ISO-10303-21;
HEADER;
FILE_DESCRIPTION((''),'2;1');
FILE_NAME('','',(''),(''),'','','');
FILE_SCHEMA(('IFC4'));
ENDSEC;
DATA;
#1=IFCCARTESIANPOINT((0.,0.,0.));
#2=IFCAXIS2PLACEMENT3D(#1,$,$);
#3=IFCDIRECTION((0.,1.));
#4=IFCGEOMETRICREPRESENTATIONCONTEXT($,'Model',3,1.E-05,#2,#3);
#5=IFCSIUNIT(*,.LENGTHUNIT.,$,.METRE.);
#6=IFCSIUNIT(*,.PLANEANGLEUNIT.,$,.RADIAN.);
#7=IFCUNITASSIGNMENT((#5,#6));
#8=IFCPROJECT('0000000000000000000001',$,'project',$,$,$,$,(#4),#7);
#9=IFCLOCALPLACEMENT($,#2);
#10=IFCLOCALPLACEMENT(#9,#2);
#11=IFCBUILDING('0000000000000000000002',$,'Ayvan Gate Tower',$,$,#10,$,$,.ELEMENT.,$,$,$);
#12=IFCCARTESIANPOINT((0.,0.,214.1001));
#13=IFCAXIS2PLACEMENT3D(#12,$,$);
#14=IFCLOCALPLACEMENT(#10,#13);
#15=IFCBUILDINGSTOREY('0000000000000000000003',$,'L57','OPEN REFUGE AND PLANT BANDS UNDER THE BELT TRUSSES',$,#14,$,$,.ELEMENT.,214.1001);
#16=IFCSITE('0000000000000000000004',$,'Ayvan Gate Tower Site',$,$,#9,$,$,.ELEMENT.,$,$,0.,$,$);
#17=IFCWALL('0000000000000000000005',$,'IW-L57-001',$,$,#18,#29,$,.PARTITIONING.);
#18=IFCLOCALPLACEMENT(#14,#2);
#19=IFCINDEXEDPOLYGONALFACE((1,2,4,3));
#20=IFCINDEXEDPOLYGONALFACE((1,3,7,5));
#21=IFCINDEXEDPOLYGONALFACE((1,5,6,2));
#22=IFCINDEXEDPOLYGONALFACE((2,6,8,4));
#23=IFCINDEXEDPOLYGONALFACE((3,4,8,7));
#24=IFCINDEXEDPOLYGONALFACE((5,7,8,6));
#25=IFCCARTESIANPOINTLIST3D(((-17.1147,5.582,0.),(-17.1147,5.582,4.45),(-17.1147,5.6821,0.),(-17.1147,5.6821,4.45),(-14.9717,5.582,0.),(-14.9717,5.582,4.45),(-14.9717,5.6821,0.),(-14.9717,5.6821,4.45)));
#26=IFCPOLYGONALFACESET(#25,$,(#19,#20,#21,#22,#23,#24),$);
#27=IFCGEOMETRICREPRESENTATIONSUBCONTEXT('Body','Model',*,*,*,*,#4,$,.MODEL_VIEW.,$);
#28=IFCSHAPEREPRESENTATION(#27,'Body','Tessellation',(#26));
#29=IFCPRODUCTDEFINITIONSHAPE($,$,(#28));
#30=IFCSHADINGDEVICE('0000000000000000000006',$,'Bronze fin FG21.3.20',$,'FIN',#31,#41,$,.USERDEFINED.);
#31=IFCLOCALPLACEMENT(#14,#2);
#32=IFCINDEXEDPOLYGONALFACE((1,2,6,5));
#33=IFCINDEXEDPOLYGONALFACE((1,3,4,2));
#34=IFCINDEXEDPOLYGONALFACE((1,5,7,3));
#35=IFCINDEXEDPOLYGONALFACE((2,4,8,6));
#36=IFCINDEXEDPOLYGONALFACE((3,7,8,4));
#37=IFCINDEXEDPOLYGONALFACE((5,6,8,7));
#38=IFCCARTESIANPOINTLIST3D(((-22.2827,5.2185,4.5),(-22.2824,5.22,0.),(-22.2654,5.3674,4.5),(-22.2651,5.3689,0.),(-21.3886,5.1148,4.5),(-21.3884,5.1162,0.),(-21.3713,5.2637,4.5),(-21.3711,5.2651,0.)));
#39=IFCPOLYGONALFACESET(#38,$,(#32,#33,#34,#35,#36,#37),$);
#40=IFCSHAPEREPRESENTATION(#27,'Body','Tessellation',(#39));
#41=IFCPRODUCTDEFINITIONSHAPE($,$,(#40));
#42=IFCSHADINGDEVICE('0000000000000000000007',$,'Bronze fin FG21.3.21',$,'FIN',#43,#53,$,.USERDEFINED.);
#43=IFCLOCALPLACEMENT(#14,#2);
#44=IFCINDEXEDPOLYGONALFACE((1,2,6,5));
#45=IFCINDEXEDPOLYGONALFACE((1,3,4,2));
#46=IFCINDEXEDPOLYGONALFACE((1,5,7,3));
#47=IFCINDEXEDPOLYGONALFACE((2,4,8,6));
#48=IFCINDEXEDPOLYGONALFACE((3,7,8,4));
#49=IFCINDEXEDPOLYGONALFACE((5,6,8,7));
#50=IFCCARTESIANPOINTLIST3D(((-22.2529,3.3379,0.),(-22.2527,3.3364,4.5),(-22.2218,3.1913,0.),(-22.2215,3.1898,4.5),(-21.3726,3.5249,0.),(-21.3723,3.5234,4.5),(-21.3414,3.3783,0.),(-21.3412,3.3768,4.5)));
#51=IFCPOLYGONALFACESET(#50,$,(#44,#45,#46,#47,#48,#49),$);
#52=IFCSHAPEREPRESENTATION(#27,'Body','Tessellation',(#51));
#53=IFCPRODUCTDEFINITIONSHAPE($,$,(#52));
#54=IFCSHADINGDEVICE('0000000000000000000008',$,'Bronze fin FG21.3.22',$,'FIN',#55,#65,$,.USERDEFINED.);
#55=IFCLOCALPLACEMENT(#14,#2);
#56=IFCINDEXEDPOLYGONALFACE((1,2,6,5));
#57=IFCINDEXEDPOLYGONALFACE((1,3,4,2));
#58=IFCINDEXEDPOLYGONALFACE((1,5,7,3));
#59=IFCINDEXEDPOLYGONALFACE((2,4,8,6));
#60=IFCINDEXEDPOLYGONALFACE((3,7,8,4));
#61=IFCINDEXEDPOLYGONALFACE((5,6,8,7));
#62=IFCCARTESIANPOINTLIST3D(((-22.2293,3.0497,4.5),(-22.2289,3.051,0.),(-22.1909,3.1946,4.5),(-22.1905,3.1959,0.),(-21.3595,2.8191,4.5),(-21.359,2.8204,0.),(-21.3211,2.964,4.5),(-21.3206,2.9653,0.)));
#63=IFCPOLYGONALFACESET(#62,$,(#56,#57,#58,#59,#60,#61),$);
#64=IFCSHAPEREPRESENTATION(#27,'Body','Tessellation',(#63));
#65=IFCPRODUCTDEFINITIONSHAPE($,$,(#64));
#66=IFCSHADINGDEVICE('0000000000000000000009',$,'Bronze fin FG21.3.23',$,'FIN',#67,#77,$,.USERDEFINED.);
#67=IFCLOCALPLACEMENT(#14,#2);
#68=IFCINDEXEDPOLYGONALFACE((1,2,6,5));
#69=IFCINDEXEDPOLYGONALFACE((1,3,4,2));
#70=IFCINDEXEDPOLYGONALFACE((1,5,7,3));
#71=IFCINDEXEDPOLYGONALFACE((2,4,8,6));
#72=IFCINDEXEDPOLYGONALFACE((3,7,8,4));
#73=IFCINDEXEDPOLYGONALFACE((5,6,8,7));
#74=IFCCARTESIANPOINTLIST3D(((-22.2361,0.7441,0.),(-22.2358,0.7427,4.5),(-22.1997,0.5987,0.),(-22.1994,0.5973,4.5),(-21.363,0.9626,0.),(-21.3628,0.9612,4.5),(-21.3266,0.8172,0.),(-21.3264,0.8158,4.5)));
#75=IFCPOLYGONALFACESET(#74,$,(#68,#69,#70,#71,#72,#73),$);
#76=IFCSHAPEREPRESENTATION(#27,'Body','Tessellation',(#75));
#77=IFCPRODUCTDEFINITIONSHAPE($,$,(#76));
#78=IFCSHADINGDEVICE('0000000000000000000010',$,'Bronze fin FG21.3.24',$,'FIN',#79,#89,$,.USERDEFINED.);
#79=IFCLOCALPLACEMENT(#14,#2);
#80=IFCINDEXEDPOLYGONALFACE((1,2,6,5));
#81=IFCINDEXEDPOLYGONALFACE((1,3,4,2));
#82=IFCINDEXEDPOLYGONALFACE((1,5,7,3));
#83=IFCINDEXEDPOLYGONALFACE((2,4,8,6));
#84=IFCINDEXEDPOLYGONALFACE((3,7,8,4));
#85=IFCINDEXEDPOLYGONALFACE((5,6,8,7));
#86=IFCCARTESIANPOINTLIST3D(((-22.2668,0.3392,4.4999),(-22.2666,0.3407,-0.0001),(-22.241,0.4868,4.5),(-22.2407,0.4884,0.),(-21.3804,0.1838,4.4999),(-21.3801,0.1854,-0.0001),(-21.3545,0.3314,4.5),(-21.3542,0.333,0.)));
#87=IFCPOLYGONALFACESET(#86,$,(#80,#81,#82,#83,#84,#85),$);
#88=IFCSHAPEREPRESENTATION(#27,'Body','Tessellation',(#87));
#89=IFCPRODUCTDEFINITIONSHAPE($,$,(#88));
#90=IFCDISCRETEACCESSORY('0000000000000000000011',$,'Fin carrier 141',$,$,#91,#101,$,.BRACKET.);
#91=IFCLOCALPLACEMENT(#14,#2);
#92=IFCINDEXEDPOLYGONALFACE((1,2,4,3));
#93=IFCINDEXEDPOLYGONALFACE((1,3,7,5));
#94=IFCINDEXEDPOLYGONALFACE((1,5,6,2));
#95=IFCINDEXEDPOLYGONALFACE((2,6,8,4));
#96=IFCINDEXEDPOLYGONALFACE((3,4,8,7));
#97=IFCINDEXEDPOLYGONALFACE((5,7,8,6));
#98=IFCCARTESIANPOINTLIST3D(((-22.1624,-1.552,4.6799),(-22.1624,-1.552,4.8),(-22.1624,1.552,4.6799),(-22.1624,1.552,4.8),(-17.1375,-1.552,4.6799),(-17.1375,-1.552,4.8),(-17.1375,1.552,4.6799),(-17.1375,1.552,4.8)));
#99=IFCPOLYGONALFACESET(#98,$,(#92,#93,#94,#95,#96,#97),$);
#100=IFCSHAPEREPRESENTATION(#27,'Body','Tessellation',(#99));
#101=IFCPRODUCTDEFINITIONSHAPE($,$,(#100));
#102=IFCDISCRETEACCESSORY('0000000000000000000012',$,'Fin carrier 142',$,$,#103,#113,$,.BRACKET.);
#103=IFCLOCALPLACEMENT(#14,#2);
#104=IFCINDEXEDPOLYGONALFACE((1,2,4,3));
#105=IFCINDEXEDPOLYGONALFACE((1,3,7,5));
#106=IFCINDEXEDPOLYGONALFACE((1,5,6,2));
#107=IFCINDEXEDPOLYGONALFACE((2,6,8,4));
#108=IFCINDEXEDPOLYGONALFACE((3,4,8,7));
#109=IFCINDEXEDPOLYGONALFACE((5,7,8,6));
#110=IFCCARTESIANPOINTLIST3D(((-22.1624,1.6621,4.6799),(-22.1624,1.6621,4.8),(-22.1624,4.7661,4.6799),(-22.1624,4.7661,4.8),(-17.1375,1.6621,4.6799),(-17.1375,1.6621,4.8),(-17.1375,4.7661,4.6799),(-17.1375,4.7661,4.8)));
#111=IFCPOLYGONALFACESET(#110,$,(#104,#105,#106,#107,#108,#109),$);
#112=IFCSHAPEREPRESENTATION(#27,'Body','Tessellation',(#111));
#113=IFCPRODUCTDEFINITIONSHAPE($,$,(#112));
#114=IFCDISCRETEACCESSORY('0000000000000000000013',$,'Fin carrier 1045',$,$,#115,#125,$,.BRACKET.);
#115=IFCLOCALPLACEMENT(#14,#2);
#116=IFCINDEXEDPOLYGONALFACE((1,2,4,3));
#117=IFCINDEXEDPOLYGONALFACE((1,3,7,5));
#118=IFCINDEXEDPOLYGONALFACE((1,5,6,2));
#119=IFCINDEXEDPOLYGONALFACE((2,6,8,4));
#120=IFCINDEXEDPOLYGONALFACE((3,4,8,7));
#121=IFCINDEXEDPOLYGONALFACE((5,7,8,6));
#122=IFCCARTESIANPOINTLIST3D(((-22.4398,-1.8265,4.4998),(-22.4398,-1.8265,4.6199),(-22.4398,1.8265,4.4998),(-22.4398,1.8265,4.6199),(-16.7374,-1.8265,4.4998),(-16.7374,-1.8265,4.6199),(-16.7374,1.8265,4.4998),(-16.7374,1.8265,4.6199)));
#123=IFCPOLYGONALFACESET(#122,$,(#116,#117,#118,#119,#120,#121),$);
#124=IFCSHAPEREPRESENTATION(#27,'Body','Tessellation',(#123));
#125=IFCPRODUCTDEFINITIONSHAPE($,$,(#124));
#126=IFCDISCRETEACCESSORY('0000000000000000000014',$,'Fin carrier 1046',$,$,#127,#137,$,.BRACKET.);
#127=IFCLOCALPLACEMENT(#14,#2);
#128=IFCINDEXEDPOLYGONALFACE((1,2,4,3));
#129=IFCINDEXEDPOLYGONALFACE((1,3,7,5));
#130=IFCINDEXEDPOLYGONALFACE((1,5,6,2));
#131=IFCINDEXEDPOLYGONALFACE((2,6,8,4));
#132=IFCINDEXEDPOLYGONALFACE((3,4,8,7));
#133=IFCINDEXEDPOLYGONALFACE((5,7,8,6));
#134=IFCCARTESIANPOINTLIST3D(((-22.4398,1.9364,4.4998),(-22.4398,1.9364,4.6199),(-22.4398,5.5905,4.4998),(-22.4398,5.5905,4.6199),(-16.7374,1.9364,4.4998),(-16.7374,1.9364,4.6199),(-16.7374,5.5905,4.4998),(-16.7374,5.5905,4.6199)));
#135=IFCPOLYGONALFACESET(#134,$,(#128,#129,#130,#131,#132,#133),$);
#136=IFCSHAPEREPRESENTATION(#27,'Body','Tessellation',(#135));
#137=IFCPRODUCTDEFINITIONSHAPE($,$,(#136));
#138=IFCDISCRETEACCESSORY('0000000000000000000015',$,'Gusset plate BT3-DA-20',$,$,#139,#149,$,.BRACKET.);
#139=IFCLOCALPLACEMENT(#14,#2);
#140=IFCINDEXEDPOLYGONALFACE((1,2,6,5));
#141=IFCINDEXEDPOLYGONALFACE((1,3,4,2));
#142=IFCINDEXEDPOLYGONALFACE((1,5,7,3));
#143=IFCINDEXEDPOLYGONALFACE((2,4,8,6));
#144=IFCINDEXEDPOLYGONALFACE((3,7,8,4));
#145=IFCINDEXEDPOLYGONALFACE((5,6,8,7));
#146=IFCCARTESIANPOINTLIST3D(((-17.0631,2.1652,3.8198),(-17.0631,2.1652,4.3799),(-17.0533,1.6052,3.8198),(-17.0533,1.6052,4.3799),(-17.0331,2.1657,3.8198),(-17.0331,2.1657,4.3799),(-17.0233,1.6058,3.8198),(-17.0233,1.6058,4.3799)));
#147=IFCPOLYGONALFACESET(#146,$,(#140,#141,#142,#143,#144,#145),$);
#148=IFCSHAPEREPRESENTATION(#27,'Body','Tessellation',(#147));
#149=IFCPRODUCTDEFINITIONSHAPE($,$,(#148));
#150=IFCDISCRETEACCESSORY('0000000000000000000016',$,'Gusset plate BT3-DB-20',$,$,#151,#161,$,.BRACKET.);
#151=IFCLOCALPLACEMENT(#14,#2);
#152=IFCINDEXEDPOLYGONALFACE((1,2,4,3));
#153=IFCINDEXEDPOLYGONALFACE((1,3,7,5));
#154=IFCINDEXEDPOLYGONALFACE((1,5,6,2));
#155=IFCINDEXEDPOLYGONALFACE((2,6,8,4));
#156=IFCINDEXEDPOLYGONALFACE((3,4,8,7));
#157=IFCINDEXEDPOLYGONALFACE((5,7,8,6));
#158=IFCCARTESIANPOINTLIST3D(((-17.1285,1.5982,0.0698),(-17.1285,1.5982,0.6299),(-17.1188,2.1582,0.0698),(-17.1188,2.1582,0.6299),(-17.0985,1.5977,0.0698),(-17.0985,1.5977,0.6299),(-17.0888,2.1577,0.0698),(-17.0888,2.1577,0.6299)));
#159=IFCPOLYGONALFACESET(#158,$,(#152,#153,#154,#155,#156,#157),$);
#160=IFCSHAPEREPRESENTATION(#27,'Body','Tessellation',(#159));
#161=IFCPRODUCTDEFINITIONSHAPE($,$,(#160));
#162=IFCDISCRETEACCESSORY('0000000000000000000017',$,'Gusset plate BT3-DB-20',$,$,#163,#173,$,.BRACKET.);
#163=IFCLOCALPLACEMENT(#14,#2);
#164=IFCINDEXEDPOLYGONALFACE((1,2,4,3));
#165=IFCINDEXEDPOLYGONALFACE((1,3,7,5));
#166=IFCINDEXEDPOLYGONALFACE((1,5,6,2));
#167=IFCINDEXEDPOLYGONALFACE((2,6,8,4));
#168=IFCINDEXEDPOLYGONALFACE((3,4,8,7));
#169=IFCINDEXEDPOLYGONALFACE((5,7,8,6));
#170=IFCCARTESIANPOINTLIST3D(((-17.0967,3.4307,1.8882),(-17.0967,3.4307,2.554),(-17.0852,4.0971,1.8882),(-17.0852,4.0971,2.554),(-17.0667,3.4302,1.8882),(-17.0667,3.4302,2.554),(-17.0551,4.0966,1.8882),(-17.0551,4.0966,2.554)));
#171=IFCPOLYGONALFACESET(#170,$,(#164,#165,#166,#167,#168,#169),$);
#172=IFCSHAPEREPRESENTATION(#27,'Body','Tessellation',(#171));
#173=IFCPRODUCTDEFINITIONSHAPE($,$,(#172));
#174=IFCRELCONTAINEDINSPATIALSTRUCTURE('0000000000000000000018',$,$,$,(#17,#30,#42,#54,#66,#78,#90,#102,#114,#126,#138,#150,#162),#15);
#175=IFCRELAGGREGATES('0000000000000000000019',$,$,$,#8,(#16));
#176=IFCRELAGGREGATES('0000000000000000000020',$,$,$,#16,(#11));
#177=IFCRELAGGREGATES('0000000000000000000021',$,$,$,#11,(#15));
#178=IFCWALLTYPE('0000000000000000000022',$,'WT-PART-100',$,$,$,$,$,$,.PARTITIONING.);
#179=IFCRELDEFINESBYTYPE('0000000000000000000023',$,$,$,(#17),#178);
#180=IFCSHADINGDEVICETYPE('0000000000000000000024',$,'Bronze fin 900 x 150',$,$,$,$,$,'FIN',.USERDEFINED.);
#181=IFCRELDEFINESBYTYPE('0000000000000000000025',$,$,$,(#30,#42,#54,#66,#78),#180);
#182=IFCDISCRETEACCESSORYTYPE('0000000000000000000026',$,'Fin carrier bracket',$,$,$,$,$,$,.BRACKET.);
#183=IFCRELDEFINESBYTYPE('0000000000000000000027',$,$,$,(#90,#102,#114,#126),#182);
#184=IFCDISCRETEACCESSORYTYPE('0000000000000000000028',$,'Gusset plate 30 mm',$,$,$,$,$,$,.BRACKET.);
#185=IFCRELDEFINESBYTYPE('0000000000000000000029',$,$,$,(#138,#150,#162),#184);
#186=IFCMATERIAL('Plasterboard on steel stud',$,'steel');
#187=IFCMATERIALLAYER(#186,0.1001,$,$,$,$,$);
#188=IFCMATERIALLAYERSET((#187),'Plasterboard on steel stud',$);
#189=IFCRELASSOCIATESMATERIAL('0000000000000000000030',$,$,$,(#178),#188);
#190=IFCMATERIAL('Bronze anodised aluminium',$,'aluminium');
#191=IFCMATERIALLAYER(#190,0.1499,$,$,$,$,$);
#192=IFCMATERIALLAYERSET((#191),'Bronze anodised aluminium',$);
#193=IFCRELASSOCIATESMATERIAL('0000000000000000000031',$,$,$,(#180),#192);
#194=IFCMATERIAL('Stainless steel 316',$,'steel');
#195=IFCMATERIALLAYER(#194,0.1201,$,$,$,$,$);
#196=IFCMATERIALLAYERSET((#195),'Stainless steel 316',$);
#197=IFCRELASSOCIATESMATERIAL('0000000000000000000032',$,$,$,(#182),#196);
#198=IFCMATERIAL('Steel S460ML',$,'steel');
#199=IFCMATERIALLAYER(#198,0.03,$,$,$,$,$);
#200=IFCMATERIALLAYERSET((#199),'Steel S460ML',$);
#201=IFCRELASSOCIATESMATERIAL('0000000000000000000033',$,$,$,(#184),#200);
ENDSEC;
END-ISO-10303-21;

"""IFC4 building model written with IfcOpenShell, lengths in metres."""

from ifc_helpers import new_model, si_unit, direction, frame, frame_2d, origin, origin_2d, place, context, subcontext, project, spatial, polyline, rectangle, outline, extrude, material, layer, layer_set, type_object, element, save


model = new_model("IFC4")

# Units and contexts
model_context = context("Model", 3, precision=1e-05, world=origin(), true_north=direction((0.0, 1.0)))
body_context = subcontext(model_context, "Body", "Model", "MODEL_VIEW")
ifc_project = project(units=[si_unit("LENGTHUNIT", "METRE"), si_unit("PLANEANGLEUNIT", "RADIAN")], contexts=[model_context])

# Site, building, storey
site_placement = place(None, origin())
site = spatial("IfcSite", under=ifc_project, at=site_placement, Name="Ayvan Gate Tower Site", CompositionType="ELEMENT", RefElevation=0.0)
building_placement = place(site_placement, origin())
building = spatial("IfcBuilding", under=site, at=building_placement, Name="Ayvan Gate Tower", CompositionType="ELEMENT")
storey_placement = place(building_placement, frame((0.0, 0.0, 214.1001)))
storey = spatial("IfcBuildingStorey", under=building, at=storey_placement, Name="L57", Description="OPEN REFUGE AND PLANT BANDS UNDER THE BELT TRUSSES", CompositionType="ELEMENT", Elevation=214.1001)

# Shared definitions
ifc_material_1 = material(Name="Steel S460ML", Category="steel")

# Wall
ifc_material_2 = material(Name="Plasterboard on steel stud", Category="steel")
ifc_layer_1 = layer(ifc_material_2, 0.1001)
ifc_layer_set_1 = layer_set([ifc_layer_1], Name="Plasterboard on steel stud")
wall_type = type_object("IfcWallType", Name="WT-PART-100", PredefinedType="PARTITIONING", material=ifc_layer_set_1)
wall_placement = place(storey_placement, frame((-17.1147, 5.6321, 0.0), z_axis=(0.0, 0.0, 1.0), x_axis=(1.0, 0.0, 0.0)))
element("IfcWall", 1, at=wall_placement, inside=storey, type_object=wall_type, Name="IW-L57-001", PredefinedType="PARTITIONING", context=body_context, shape_type="SweptSolid", body=[
    extrude(rectangle(XDim=2.1431, YDim=0.1001, at=frame_2d((1.0715, 0.0))), origin(), (0.0, 0.0, 1.0), 4.45),
])

# Shading devices
ifc_material_3 = material(Name="Bronze anodised aluminium", Category="aluminium")
ifc_layer_2 = layer(ifc_material_3, 0.1499)
ifc_layer_set_2 = layer_set([ifc_layer_2], Name="Bronze anodised aluminium")
shading_device_type = type_object("IfcShadingDeviceType", Name="Bronze fin 900 x 150", ElementType="FIN", PredefinedType="USERDEFINED", material=ifc_layer_set_2)
shading_device_1_placement = place(storey_placement, frame((-21.3711, 5.2651, 0.0), z_axis=(0.115283, 0.993333, 0.00033), x_axis=(-0.993333, 0.115283, 0.0)))
element("IfcShadingDevice", 2, at=shading_device_1_placement, inside=storey, type_object=shading_device_type, Name="Bronze fin FG21.3.20", ObjectType="FIN", PredefinedType="USERDEFINED", context=body_context, shape_type="SweptSolid", body=[
    extrude(outline(polyline([(0.0, 0.0), (0.9, 0.0), (0.9001, 4.5), (0.0001, 4.5), (0.0, 0.0)])), origin(), (0.0, 0.0, -1.0), 0.1499),
])
shading_device_2_placement = place(storey_placement, frame((-21.3726, 3.5249, 0.0), z_axis=(-0.207787, 0.978174, 0.00033), x_axis=(-0.978174, -0.207787, 0.0)))
element("IfcShadingDevice", 3, at=shading_device_2_placement, inside=storey, type_object=shading_device_type, Name="Bronze fin FG21.3.21", ObjectType="FIN", PredefinedType="USERDEFINED", context=body_context, shape_type="SweptSolid", body=[
    extrude(outline(polyline([(0.0, 0.0), (0.9, 0.0), (0.9001, 4.5), (0.0001, 4.5), (0.0, 0.0)])), origin(), (0.0, 0.0, -1.0), 0.1499),
])
shading_device_3_placement = place(storey_placement, frame((-21.3206, 2.9653, 0.0), z_axis=(0.256236, 0.966614, 0.000316), x_axis=(-0.966614, 0.256236, 0.0)))
element("IfcShadingDevice", 4, at=shading_device_3_placement, inside=storey, type_object=shading_device_type, Name="Bronze fin FG21.3.22", ObjectType="FIN", PredefinedType="USERDEFINED", context=body_context, shape_type="SweptSolid", body=[
    extrude(outline(polyline([(0.0, 0.0), (0.8999, 0.0), (0.9, 4.5), (0.0002, 4.5), (0.0, 0.0)])), origin(), (0.0, 0.0, -1.0), 0.1499),
])
shading_device_4_placement = place(storey_placement, frame((-21.363, 0.9626, 0.0), z_axis=(-0.242791, 0.970079, 0.000329), x_axis=(-0.970079, -0.242791, 0.0)))
element("IfcShadingDevice", 5, at=shading_device_4_placement, inside=storey, type_object=shading_device_type, Name="Bronze fin FG21.3.23", ObjectType="FIN", PredefinedType="USERDEFINED", context=body_context, shape_type="SweptSolid", body=[
    extrude(outline(polyline([(0.0, 0.0), (0.9, 0.0), (0.9001, 4.5), (0.0001, 4.5), (0.0, 0.0)])), origin(), (0.0, 0.0, -1.0), 0.1499),
])
shading_device_5_placement = place(storey_placement, frame((-21.3542, 0.333, 0.0), z_axis=(0.172663, 0.984981, 0.000357), x_axis=(-0.984981, 0.172663, 0.0)))
element("IfcShadingDevice", 6, at=shading_device_5_placement, inside=storey, type_object=shading_device_type, Name="Bronze fin FG21.3.24", ObjectType="FIN", PredefinedType="USERDEFINED", context=body_context, shape_type="SweptSolid", body=[
    extrude(outline(polyline([(0.0, 0.0), (0.9, 0.0), (0.9, 4.5), (-0.0001, 4.5), (0.0, 0.0)])), origin(), (0.0, 0.0, -1.0), 0.1499),
])

# Discrete accessories
ifc_material_4 = material(Name="Stainless steel 316", Category="steel")
ifc_layer_3 = layer(ifc_material_4, 0.1201)
ifc_layer_set_3 = layer_set([ifc_layer_3], Name="Stainless steel 316")
discrete_accessory_type_1 = type_object("IfcDiscreteAccessoryType", Name="Fin carrier bracket", PredefinedType="BRACKET", material=ifc_layer_set_3)
for number, where, z_axis, x_axis, name in (
    (7, (-19.6499, 0.0, 4.6799), (0.0, 0.0, 1.0), (0.0, -1.0, 0.0), "Fin carrier 141"),
    (8, (-19.6499, 3.2141, 4.6799), (0.0, 0.0, 1.0), (0.0, -1.0, 0.0), "Fin carrier 142"),
):
    element("IfcDiscreteAccessory", number, at=place(storey_placement, frame(where, z_axis=z_axis, x_axis=x_axis)), inside=storey, type_object=discrete_accessory_type_1, Name=name, PredefinedType="BRACKET", context=body_context, shape_type="SweptSolid", body=[
        extrude(rectangle(XDim=3.104, YDim=5.0249, at=origin_2d()), origin(), (0.0, 0.0, 1.0), 0.1201),
    ])
discrete_accessory_1_placement = place(storey_placement, frame((-19.5886, 0.0, 4.4998), z_axis=(0.0, 0.0, 1.0), x_axis=(0.0, -1.0, 0.0)))
element("IfcDiscreteAccessory", 9, at=discrete_accessory_1_placement, inside=storey, type_object=discrete_accessory_type_1, Name="Fin carrier 1045", PredefinedType="BRACKET", context=body_context, shape_type="SweptSolid", body=[
    extrude(rectangle(XDim=3.6531, YDim=5.7024, at=origin_2d()), origin(), (0.0, 0.0, 1.0), 0.1201),
])
discrete_accessory_2_placement = place(storey_placement, frame((-19.5886, 3.7634, 4.4998), z_axis=(0.0, 0.0, 1.0), x_axis=(0.0, -1.0, 0.0)))
element("IfcDiscreteAccessory", 10, at=discrete_accessory_2_placement, inside=storey, type_object=discrete_accessory_type_1, Name="Fin carrier 1046", PredefinedType="BRACKET", context=body_context, shape_type="SweptSolid", body=[
    extrude(rectangle(XDim=3.6541, YDim=5.7024, at=origin_2d()), origin(), (0.0, 0.0, 1.0), 0.1201),
])
ifc_layer_4 = layer(ifc_material_1, 0.03)
ifc_layer_set_4 = layer_set([ifc_layer_4], Name="Steel S460ML")
discrete_accessory_type_2 = type_object("IfcDiscreteAccessoryType", Name="Gusset plate 30 mm", PredefinedType="BRACKET", material=ifc_layer_set_4)
for number, where, z_axis, x_axis, name in (
    (11, (-17.0432, 1.8855, 3.8198), (0.0, 0.0, 1.0), (-0.017459, 0.999848, 0.0), "Gusset plate BT3-DA-20"),
    (12, (-17.1086, 1.8779, 0.0698), (0.0, 0.0, 1.0), (0.01732, 0.99985, 0.0), "Gusset plate BT3-DB-20"),
):
    element("IfcDiscreteAccessory", number, at=place(storey_placement, frame(where, z_axis=z_axis, x_axis=x_axis)), inside=storey, type_object=discrete_accessory_type_2, Name=name, PredefinedType="BRACKET", context=body_context, shape_type="SweptSolid", body=[
        extrude(rectangle(XDim=0.5601, YDim=0.03, at=origin_2d()), origin(), (0.0, 0.0, 1.0), 0.5601),
    ])
discrete_accessory_3_placement = place(storey_placement, frame((-17.0759, 3.7637, 1.8882), z_axis=(0.0, 0.0, 1.0), x_axis=(0.01732, 0.99985, 0.0)))
element("IfcDiscreteAccessory", 13, at=discrete_accessory_3_placement, inside=storey, type_object=discrete_accessory_type_2, Name="Gusset plate BT3-DB-20", PredefinedType="BRACKET", context=body_context, shape_type="SweptSolid", body=[
    extrude(rectangle(XDim=0.6665, YDim=0.03, at=origin_2d()), origin(), (0.0, 0.0, 1.0), 0.6658),
])

save(model, "model.ifc")
